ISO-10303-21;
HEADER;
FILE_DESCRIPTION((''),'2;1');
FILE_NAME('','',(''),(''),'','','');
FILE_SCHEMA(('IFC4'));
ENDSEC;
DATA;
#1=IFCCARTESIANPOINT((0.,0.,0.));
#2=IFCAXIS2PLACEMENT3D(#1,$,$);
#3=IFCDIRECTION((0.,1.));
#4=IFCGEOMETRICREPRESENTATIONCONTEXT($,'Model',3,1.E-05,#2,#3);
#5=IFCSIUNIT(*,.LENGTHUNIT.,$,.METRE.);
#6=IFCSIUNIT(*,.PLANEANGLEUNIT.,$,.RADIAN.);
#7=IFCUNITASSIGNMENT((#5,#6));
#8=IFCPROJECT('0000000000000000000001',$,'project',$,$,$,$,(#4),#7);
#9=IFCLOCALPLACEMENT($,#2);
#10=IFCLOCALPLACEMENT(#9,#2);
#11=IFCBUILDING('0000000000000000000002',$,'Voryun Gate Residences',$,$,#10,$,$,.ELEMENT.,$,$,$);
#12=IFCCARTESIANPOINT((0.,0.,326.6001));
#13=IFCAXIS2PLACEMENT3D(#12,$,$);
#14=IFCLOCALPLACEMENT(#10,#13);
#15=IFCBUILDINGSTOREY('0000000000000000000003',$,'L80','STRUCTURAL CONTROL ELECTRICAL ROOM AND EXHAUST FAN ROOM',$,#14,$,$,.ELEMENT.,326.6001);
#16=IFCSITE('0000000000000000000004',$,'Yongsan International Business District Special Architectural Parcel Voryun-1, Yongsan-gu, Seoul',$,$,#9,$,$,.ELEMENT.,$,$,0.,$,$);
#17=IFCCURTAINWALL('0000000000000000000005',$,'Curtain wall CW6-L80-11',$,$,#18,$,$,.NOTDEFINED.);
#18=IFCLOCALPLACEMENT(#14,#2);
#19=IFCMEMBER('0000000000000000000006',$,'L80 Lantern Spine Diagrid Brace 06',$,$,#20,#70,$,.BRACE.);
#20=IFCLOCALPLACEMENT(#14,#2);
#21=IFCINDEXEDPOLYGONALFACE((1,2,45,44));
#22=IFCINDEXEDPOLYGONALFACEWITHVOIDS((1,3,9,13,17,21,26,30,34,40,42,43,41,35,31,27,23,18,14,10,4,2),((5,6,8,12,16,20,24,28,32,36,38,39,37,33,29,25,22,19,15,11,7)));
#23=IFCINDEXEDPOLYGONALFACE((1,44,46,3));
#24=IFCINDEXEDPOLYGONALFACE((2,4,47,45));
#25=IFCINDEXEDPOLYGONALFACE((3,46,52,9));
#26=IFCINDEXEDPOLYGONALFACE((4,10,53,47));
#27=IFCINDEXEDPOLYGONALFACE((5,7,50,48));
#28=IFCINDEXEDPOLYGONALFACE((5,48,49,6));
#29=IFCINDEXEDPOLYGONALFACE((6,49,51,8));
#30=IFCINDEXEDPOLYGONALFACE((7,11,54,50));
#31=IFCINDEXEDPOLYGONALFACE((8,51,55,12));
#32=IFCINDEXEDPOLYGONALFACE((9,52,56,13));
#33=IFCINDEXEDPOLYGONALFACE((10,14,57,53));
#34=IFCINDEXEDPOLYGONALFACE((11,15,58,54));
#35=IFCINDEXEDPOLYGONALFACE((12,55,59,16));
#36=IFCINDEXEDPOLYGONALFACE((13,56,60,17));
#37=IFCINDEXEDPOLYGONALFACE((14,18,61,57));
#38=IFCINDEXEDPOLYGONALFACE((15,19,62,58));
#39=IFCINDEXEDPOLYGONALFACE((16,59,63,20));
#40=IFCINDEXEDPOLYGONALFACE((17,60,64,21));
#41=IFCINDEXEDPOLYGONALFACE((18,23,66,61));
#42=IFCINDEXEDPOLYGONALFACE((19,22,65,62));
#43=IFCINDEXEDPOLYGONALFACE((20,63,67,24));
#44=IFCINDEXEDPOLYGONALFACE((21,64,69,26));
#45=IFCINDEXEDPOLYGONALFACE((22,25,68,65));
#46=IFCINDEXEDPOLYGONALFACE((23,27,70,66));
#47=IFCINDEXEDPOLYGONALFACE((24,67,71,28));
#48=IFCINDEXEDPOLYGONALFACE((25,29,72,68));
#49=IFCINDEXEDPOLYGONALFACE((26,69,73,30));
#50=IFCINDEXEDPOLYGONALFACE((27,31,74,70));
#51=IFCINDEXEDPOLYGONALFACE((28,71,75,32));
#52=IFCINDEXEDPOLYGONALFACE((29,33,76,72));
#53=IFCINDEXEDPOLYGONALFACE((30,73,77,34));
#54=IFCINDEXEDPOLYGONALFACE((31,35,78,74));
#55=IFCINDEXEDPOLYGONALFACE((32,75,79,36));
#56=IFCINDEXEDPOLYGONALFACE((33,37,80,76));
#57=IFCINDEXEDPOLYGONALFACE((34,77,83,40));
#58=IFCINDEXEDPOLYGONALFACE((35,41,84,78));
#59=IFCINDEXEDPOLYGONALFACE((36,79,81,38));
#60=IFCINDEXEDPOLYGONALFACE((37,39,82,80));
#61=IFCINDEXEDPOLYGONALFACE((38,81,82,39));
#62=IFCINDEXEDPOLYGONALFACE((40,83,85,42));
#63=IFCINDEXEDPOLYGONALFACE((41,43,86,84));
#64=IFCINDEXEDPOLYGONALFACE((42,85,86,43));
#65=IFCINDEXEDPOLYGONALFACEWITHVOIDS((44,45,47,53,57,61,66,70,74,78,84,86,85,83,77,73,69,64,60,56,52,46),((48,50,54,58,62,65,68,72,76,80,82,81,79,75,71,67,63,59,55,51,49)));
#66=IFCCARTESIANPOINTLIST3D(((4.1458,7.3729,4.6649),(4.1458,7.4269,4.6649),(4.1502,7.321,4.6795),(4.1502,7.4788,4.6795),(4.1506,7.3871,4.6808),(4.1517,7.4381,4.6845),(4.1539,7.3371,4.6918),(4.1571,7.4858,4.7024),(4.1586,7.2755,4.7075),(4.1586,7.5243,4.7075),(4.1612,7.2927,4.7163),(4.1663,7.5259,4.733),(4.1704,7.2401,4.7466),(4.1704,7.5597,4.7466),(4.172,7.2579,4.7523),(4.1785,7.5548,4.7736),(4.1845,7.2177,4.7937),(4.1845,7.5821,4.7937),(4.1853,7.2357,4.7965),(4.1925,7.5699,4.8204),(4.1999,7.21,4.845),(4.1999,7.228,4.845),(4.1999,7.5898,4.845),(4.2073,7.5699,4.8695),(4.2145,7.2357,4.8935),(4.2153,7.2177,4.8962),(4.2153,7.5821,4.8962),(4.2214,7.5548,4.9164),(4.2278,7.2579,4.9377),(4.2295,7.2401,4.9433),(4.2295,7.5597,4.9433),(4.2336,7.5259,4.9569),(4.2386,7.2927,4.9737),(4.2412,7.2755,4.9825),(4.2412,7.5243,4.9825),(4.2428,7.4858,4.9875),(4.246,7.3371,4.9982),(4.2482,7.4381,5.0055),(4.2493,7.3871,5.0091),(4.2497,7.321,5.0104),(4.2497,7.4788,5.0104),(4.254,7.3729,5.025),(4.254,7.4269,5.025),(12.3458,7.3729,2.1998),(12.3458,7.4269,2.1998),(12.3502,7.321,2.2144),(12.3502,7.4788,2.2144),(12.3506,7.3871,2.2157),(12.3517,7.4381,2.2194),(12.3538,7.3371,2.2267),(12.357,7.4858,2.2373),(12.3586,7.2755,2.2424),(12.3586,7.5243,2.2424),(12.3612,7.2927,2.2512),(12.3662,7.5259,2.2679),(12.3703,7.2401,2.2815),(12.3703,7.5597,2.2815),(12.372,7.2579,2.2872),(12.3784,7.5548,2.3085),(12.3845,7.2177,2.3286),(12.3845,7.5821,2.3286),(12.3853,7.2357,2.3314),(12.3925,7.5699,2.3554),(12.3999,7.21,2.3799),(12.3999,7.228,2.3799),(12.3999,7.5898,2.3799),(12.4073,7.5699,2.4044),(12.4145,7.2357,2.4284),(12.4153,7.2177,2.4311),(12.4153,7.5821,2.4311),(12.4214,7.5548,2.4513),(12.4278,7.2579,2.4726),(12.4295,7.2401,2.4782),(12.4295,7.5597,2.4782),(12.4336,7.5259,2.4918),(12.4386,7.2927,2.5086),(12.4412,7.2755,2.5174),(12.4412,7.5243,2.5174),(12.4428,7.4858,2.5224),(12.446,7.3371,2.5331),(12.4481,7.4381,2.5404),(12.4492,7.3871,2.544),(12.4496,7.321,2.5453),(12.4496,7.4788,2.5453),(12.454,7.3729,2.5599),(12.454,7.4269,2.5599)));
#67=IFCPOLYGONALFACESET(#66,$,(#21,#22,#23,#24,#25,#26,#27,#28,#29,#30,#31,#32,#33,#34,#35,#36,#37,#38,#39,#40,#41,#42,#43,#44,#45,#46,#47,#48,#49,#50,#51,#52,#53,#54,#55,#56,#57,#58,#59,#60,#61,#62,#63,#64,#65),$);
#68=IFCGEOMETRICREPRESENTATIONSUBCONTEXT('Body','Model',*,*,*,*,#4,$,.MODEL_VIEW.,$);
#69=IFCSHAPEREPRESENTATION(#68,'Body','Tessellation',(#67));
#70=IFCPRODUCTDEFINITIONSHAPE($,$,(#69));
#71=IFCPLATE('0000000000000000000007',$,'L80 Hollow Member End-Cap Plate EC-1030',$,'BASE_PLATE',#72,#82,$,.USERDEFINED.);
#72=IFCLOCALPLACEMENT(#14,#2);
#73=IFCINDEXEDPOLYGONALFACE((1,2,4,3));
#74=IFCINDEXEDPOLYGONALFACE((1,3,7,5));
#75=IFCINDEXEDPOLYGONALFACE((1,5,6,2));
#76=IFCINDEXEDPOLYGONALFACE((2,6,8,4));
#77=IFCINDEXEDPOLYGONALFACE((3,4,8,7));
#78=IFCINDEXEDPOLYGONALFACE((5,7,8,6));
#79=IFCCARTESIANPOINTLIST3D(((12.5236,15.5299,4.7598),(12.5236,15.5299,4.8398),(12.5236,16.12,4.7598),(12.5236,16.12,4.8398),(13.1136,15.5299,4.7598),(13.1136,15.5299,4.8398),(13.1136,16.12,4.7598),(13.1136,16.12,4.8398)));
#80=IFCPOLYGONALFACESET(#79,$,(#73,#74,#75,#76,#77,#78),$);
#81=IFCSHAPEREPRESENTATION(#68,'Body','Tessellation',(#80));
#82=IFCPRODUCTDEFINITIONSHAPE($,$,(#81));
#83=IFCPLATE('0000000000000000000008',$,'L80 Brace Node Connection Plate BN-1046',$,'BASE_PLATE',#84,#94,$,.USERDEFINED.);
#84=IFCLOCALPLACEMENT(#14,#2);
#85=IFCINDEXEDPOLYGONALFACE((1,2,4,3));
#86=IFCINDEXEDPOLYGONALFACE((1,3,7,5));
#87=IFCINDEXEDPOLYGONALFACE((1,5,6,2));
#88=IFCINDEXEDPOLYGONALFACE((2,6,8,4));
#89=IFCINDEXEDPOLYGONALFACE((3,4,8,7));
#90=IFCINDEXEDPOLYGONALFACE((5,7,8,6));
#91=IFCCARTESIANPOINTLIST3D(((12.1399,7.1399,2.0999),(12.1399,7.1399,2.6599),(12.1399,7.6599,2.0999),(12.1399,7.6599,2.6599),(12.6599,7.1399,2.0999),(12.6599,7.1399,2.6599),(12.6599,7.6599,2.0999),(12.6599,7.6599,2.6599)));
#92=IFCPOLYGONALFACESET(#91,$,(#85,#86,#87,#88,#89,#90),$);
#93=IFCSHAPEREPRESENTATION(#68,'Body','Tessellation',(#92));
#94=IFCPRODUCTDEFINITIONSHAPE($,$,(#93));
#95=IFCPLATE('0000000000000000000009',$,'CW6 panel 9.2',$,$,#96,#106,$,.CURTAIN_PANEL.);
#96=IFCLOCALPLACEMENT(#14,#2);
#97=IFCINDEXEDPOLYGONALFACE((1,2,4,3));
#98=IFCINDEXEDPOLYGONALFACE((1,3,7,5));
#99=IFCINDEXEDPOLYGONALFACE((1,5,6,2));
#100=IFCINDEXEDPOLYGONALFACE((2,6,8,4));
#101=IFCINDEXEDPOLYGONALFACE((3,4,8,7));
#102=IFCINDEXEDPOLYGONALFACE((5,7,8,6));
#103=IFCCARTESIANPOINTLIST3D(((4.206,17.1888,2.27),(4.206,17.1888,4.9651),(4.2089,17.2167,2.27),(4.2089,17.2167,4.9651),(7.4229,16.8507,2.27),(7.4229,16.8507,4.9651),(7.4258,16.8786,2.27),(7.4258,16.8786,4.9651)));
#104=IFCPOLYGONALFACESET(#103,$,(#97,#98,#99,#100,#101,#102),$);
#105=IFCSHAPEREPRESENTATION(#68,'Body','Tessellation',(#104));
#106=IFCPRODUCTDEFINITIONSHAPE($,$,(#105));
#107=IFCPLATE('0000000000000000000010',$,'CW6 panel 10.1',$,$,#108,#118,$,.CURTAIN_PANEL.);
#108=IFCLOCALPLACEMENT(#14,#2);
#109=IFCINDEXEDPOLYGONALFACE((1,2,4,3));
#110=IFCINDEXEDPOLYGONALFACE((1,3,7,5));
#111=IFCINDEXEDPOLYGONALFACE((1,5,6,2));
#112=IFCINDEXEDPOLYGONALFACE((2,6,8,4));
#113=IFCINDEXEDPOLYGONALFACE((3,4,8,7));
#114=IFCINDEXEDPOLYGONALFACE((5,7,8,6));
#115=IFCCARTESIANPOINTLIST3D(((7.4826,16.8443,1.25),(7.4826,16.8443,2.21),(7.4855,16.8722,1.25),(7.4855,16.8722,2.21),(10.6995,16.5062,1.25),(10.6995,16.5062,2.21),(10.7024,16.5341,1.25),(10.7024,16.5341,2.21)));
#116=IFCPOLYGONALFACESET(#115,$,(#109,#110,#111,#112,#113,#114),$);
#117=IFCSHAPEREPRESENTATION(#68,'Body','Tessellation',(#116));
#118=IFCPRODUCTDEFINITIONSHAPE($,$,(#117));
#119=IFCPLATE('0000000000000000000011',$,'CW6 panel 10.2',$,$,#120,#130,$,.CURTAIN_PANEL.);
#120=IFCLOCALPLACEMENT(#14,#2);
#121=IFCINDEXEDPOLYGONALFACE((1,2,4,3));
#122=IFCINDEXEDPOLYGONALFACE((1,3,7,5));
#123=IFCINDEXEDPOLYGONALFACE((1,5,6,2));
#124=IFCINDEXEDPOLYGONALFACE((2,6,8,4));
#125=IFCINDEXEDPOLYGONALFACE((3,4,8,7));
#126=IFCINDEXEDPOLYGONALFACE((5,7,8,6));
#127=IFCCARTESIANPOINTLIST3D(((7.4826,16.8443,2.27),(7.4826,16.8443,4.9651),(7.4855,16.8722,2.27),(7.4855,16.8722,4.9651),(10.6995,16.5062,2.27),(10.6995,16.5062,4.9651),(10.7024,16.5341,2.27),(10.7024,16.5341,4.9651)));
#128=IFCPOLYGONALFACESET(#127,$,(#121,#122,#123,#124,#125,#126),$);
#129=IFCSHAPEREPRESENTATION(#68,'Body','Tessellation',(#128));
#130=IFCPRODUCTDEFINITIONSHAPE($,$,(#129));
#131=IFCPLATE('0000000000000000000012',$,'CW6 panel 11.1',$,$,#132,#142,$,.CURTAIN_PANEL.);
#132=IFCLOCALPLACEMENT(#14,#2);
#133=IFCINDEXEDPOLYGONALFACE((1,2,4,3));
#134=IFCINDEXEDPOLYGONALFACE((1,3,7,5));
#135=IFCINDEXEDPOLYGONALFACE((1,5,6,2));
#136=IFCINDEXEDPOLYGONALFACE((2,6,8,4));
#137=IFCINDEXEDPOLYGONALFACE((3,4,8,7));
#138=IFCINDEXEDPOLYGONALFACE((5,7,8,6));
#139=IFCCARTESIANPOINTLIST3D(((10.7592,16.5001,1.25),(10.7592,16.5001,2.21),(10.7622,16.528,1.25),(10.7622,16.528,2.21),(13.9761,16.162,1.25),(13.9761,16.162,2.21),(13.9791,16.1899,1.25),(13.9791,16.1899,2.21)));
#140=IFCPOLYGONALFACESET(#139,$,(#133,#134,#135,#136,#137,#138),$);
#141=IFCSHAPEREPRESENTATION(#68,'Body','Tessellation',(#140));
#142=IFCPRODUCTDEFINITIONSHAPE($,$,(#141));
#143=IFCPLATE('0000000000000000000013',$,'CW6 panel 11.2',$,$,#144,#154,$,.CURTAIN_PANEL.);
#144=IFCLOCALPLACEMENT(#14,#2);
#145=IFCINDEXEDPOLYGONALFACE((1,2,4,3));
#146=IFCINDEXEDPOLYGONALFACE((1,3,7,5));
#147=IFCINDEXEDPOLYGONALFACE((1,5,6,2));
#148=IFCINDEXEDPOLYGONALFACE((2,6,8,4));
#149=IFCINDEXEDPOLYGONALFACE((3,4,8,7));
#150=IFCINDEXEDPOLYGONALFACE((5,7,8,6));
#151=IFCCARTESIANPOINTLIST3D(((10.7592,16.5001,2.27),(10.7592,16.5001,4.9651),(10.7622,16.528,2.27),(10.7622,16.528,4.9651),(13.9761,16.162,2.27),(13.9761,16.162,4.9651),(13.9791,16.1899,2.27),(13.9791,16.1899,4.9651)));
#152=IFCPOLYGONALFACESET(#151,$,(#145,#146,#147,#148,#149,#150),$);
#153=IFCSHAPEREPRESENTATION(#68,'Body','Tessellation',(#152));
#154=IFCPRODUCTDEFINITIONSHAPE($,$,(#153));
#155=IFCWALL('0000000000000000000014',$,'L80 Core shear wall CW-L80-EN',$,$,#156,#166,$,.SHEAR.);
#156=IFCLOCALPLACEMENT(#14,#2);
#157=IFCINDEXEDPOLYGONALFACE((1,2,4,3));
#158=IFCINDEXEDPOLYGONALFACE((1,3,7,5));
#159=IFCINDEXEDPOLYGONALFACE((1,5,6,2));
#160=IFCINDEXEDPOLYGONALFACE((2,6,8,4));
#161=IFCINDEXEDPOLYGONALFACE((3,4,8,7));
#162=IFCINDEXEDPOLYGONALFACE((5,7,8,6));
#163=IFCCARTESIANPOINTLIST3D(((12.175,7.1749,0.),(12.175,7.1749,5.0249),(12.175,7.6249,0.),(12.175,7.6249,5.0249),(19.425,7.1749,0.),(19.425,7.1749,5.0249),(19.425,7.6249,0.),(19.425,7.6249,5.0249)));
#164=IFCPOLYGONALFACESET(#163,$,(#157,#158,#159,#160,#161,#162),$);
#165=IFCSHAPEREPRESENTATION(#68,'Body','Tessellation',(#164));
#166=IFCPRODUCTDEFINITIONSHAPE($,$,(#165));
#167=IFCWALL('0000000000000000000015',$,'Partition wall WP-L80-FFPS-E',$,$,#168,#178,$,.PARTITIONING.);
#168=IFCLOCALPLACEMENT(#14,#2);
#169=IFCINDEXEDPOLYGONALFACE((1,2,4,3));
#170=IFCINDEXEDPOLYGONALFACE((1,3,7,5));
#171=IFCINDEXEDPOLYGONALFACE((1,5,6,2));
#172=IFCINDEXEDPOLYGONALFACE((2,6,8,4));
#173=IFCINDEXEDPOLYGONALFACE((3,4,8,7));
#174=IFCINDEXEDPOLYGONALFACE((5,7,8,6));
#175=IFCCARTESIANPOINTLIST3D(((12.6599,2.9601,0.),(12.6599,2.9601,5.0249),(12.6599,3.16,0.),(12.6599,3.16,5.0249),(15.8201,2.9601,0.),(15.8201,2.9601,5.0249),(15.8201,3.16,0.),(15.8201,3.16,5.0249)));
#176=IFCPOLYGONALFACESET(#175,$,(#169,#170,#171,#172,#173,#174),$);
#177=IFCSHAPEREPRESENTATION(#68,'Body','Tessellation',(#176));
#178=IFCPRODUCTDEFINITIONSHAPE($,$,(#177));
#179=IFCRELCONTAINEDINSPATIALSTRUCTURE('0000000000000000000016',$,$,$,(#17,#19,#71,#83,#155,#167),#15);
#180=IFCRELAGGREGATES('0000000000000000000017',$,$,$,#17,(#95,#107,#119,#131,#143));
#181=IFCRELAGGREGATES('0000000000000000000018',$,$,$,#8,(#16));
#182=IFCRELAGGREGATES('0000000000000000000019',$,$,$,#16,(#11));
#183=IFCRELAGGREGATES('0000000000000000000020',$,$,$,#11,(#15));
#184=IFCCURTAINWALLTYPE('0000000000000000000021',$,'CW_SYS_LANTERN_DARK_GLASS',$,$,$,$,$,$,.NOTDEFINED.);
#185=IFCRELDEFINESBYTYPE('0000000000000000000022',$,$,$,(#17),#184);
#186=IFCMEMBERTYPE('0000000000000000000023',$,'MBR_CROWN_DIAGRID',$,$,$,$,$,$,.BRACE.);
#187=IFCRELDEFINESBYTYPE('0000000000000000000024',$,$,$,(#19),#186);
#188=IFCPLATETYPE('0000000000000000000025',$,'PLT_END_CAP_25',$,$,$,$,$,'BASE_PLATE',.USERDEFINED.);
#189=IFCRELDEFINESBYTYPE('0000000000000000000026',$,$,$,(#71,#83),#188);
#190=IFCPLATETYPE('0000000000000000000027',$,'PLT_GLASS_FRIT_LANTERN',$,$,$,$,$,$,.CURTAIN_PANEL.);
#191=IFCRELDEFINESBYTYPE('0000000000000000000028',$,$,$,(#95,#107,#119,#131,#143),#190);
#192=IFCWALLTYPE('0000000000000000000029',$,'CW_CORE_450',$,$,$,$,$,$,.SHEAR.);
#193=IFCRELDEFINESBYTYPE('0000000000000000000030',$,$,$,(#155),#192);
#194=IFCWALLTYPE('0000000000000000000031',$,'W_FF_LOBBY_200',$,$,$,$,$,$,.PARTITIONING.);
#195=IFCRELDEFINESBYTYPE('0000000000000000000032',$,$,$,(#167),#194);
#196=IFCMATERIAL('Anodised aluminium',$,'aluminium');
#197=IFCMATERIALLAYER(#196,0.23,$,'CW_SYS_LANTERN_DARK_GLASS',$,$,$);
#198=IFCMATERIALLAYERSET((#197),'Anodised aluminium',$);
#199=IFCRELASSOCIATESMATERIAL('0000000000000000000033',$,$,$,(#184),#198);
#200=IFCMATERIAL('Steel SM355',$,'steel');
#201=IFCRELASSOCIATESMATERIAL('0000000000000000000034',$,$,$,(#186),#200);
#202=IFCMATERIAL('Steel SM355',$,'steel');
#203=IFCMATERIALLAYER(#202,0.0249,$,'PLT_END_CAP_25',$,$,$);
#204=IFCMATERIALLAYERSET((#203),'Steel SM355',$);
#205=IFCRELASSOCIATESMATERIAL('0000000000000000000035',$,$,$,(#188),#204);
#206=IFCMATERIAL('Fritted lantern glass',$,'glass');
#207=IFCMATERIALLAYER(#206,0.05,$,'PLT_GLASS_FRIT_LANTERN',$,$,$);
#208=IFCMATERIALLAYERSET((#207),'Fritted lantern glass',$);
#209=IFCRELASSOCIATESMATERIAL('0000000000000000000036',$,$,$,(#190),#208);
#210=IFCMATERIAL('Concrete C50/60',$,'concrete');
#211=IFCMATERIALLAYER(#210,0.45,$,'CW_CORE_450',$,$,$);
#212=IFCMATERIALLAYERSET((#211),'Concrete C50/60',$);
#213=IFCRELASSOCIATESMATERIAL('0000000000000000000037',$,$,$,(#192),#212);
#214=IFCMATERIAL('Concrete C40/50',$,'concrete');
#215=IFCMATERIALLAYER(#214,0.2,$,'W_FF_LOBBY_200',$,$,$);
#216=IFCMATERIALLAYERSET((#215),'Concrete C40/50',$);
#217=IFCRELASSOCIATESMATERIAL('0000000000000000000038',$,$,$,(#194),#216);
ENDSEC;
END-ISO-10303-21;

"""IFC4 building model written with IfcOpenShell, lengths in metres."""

from ifc_helpers import new_model, si_unit, direction, frame, frame_2d, origin, origin_2d, place, context, subcontext, project, spatial, rectangle, hollow_circle, extrude, material, layer, layer_set, material_profile, profile_set, type_object, element, aggregate, save


model = new_model("IFC4")

# Units and contexts
model_context = context("Model", 3, precision=1e-05, world=origin(), true_north=direction((0.0, 1.0)))
body_context = subcontext(model_context, "Body", "Model", "MODEL_VIEW")
ifc_project = project(units=[si_unit("LENGTHUNIT", "METRE"), si_unit("PLANEANGLEUNIT", "RADIAN")], contexts=[model_context])

# Site, building, storey
site_placement = place(None, origin())
site = spatial("IfcSite", under=ifc_project, at=site_placement, Name="Yongsan International Business District Special Architectural Parcel Voryun-1, Yongsan-gu, Seoul", CompositionType="ELEMENT", RefElevation=0.0)
building_placement = place(site_placement, origin())
building = spatial("IfcBuilding", under=site, at=building_placement, Name="Voryun Gate Residences", CompositionType="ELEMENT")
storey_placement = place(building_placement, frame((0.0, 0.0, 326.6001)))
storey = spatial("IfcBuildingStorey", under=building, at=storey_placement, Name="L80", Description="STRUCTURAL CONTROL ELECTRICAL ROOM AND EXHAUST FAN ROOM", CompositionType="ELEMENT", Elevation=326.6001)

# Curtain wall
ifc_material_1 = material(Name="Anodised aluminium", Category="aluminium")
ifc_layer_1 = layer(ifc_material_1, 0.23, Name="CW_SYS_LANTERN_DARK_GLASS")
ifc_layer_set_1 = layer_set([ifc_layer_1], Name="Anodised aluminium")
curtain_wall_type = type_object("IfcCurtainWallType", Name="CW_SYS_LANTERN_DARK_GLASS", PredefinedType="NOTDEFINED", material=ifc_layer_set_1)
curtain_wall_placement = place(storey_placement, origin())
curtain_wall = element("IfcCurtainWall", 1, at=curtain_wall_placement, inside=storey, type_object=curtain_wall_type, Name="Curtain wall CW6-L80-11", PredefinedType="NOTDEFINED")

# Member
ifc_material_2 = material(Name="Steel SM355", Category="steel")
ifc_material_profile_1 = material_profile(ifc_material_2, hollow_circle(Radius=0.1899, WallThickness=0.0181, at=origin_2d()), Name="CHS-380x18")
ifc_profile_set_1 = profile_set([ifc_material_profile_1], Name="Steel SM355")
member_type_1 = type_object("IfcMemberType", Name="MBR_CROWN_DIAGRID", PredefinedType="BRACE", material=ifc_profile_set_1)
member_1_placement = place(storey_placement, frame((12.3999, 7.3999, 2.3799), z_axis=(-0.957662, 0.0, 0.287895), x_axis=(0.0, -1.0, 0.0)))
element("IfcMember", 2, at=member_1_placement, inside=storey, type_object=member_type_1, Name="L80 Lantern Spine Diagrid Brace 06", PredefinedType="BRACE", context=body_context, shape_type="SweptSolid", body=[
    extrude(hollow_circle(Radius=0.1899, WallThickness=0.0181, at=origin_2d()), origin(), (0.0, 0.0, 1.0), 8.5625),
])

# Plates
ifc_material_3 = material(Name="Steel SM355", Category="steel")
ifc_layer_2 = layer(ifc_material_3, 0.0249, Name="PLT_END_CAP_25")
ifc_layer_set_2 = layer_set([ifc_layer_2], Name="Steel SM355")
plate_type_1 = type_object("IfcPlateType", Name="PLT_END_CAP_25", ElementType="BASE_PLATE", PredefinedType="USERDEFINED", material=ifc_layer_set_2)
plate_1_placement = place(storey_placement, frame((12.8186, 15.825, 4.7598), z_axis=(0.0, 0.0, 1.0), x_axis=(1.0, 0.0, 0.0)))
element("IfcPlate", 3, at=plate_1_placement, inside=storey, type_object=plate_type_1, Name="L80 Hollow Member End-Cap Plate EC-1030", ObjectType="BASE_PLATE", PredefinedType="USERDEFINED", context=body_context, shape_type="SweptSolid", body=[
    extrude(rectangle(XDim=0.5901, YDim=0.5901, at=origin_2d()), origin(), (0.0, 0.0, 1.0), 0.0801),
])
plate_2_placement = place(storey_placement, frame((12.3999, 7.3999, 2.0999), z_axis=(0.0, 0.0, 1.0), x_axis=(1.0, 0.0, 0.0)))
element("IfcPlate", 4, at=plate_2_placement, inside=storey, type_object=plate_type_1, Name="L80 Brace Node Connection Plate BN-1046", ObjectType="BASE_PLATE", PredefinedType="USERDEFINED", context=body_context, shape_type="SweptSolid", body=[
    extrude(rectangle(XDim=0.52, YDim=0.52, at=origin_2d()), origin(), (0.0, 0.0, 1.0), 0.5601),
])

# Plates
ifc_material_4 = material(Name="Fritted lantern glass", Category="glass")
ifc_layer_3 = layer(ifc_material_4, 0.05, Name="PLT_GLASS_FRIT_LANTERN")
ifc_layer_set_3 = layer_set([ifc_layer_3], Name="Fritted lantern glass")
plate_type_2 = type_object("IfcPlateType", Name="PLT_GLASS_FRIT_LANTERN", PredefinedType="CURTAIN_PANEL", material=ifc_layer_set_3)
plate_3_placement = place(storey_placement, frame((5.8159, 17.0337, 2.27), z_axis=(0.0, 0.0, 1.0), x_axis=(0.994522, -0.104528, 0.0)))
plate_3 = element("IfcPlate", 5, at=plate_3_placement, type_object=plate_type_2, Name="CW6 panel 9.2", PredefinedType="CURTAIN_PANEL", context=body_context, shape_type="SweptSolid", body=[
    extrude(rectangle(XDim=3.2346, YDim=0.0281, at=origin_2d()), origin(), (0.0, 0.0, 1.0), 2.6951),
])
plate_4_placement = place(storey_placement, frame((9.0925, 16.6892, 1.25), z_axis=(0.0, 0.0, 1.0), x_axis=(0.994522, -0.104528, 0.0)))
plate_4 = element("IfcPlate", 6, at=plate_4_placement, type_object=plate_type_2, Name="CW6 panel 10.1", PredefinedType="CURTAIN_PANEL", context=body_context, shape_type="SweptSolid", body=[
    extrude(rectangle(XDim=3.2346, YDim=0.0281, at=origin_2d()), origin(), (0.0, 0.0, 1.0), 0.96),
])
plate_5_placement = place(storey_placement, frame((9.0925, 16.6892, 2.27), z_axis=(0.0, 0.0, 1.0), x_axis=(0.994522, -0.104528, 0.0)))
plate_5 = element("IfcPlate", 7, at=plate_5_placement, type_object=plate_type_2, Name="CW6 panel 10.2", PredefinedType="CURTAIN_PANEL", context=body_context, shape_type="SweptSolid", body=[
    extrude(rectangle(XDim=3.2346, YDim=0.0281, at=origin_2d()), origin(), (0.0, 0.0, 1.0), 2.6951),
])
plate_6_placement = place(storey_placement, frame((12.3691, 16.345, 1.25), z_axis=(0.0, 0.0, 1.0), x_axis=(0.994522, -0.104528, 0.0)))
plate_6 = element("IfcPlate", 8, at=plate_6_placement, type_object=plate_type_2, Name="CW6 panel 11.1", PredefinedType="CURTAIN_PANEL", context=body_context, shape_type="SweptSolid", body=[
    extrude(rectangle(XDim=3.2346, YDim=0.0281, at=origin_2d()), origin(), (0.0, 0.0, 1.0), 0.96),
])
plate_7_placement = place(storey_placement, frame((12.3691, 16.345, 2.27), z_axis=(0.0, 0.0, 1.0), x_axis=(0.994522, -0.104528, 0.0)))
plate_7 = element("IfcPlate", 9, at=plate_7_placement, type_object=plate_type_2, Name="CW6 panel 11.2", PredefinedType="CURTAIN_PANEL", context=body_context, shape_type="SweptSolid", body=[
    extrude(rectangle(XDim=3.2346, YDim=0.0281, at=origin_2d()), origin(), (0.0, 0.0, 1.0), 2.6951),
])
aggregate(curtain_wall, [plate_3, plate_4, plate_5, plate_6, plate_7])

# Walls
ifc_material_5 = material(Name="Concrete C50/60", Category="concrete")
ifc_layer_4 = layer(ifc_material_5, 0.45, Name="CW_CORE_450")
ifc_layer_set_4 = layer_set([ifc_layer_4], Name="Concrete C50/60")
wall_type_1 = type_object("IfcWallType", Name="CW_CORE_450", PredefinedType="SHEAR", material=ifc_layer_set_4)
wall_1_placement = place(storey_placement, frame((12.175, 7.3999, 0.0), z_axis=(0.0, 0.0, 1.0), x_axis=(1.0, 0.0, 0.0)))
element("IfcWall", 10, at=wall_1_placement, inside=storey, type_object=wall_type_1, Name="L80 Core shear wall CW-L80-EN", PredefinedType="SHEAR", context=body_context, shape_type="SweptSolid", body=[
    extrude(rectangle(XDim=7.25, YDim=0.45, at=frame_2d((3.625, 0.0))), origin(), (0.0, 0.0, 1.0), 5.0249),
])
ifc_material_6 = material(Name="Concrete C40/50", Category="concrete")
ifc_layer_5 = layer(ifc_material_6, 0.2, Name="W_FF_LOBBY_200")
ifc_layer_set_5 = layer_set([ifc_layer_5], Name="Concrete C40/50")
wall_type_2 = type_object("IfcWallType", Name="W_FF_LOBBY_200", PredefinedType="PARTITIONING", material=ifc_layer_set_5)
wall_2_placement = place(storey_placement, frame((12.6599, 3.0601, 0.0), z_axis=(0.0, 0.0, 1.0), x_axis=(1.0, 0.0, 0.0)))
element("IfcWall", 11, at=wall_2_placement, inside=storey, type_object=wall_type_2, Name="Partition wall WP-L80-FFPS-E", PredefinedType="PARTITIONING", context=body_context, shape_type="SweptSolid", body=[
    extrude(rectangle(XDim=3.1602, YDim=0.2, at=frame_2d((1.5801, 0.0))), origin(), (0.0, 0.0, 1.0), 5.0249),
])

save(model, "model.ifc")
